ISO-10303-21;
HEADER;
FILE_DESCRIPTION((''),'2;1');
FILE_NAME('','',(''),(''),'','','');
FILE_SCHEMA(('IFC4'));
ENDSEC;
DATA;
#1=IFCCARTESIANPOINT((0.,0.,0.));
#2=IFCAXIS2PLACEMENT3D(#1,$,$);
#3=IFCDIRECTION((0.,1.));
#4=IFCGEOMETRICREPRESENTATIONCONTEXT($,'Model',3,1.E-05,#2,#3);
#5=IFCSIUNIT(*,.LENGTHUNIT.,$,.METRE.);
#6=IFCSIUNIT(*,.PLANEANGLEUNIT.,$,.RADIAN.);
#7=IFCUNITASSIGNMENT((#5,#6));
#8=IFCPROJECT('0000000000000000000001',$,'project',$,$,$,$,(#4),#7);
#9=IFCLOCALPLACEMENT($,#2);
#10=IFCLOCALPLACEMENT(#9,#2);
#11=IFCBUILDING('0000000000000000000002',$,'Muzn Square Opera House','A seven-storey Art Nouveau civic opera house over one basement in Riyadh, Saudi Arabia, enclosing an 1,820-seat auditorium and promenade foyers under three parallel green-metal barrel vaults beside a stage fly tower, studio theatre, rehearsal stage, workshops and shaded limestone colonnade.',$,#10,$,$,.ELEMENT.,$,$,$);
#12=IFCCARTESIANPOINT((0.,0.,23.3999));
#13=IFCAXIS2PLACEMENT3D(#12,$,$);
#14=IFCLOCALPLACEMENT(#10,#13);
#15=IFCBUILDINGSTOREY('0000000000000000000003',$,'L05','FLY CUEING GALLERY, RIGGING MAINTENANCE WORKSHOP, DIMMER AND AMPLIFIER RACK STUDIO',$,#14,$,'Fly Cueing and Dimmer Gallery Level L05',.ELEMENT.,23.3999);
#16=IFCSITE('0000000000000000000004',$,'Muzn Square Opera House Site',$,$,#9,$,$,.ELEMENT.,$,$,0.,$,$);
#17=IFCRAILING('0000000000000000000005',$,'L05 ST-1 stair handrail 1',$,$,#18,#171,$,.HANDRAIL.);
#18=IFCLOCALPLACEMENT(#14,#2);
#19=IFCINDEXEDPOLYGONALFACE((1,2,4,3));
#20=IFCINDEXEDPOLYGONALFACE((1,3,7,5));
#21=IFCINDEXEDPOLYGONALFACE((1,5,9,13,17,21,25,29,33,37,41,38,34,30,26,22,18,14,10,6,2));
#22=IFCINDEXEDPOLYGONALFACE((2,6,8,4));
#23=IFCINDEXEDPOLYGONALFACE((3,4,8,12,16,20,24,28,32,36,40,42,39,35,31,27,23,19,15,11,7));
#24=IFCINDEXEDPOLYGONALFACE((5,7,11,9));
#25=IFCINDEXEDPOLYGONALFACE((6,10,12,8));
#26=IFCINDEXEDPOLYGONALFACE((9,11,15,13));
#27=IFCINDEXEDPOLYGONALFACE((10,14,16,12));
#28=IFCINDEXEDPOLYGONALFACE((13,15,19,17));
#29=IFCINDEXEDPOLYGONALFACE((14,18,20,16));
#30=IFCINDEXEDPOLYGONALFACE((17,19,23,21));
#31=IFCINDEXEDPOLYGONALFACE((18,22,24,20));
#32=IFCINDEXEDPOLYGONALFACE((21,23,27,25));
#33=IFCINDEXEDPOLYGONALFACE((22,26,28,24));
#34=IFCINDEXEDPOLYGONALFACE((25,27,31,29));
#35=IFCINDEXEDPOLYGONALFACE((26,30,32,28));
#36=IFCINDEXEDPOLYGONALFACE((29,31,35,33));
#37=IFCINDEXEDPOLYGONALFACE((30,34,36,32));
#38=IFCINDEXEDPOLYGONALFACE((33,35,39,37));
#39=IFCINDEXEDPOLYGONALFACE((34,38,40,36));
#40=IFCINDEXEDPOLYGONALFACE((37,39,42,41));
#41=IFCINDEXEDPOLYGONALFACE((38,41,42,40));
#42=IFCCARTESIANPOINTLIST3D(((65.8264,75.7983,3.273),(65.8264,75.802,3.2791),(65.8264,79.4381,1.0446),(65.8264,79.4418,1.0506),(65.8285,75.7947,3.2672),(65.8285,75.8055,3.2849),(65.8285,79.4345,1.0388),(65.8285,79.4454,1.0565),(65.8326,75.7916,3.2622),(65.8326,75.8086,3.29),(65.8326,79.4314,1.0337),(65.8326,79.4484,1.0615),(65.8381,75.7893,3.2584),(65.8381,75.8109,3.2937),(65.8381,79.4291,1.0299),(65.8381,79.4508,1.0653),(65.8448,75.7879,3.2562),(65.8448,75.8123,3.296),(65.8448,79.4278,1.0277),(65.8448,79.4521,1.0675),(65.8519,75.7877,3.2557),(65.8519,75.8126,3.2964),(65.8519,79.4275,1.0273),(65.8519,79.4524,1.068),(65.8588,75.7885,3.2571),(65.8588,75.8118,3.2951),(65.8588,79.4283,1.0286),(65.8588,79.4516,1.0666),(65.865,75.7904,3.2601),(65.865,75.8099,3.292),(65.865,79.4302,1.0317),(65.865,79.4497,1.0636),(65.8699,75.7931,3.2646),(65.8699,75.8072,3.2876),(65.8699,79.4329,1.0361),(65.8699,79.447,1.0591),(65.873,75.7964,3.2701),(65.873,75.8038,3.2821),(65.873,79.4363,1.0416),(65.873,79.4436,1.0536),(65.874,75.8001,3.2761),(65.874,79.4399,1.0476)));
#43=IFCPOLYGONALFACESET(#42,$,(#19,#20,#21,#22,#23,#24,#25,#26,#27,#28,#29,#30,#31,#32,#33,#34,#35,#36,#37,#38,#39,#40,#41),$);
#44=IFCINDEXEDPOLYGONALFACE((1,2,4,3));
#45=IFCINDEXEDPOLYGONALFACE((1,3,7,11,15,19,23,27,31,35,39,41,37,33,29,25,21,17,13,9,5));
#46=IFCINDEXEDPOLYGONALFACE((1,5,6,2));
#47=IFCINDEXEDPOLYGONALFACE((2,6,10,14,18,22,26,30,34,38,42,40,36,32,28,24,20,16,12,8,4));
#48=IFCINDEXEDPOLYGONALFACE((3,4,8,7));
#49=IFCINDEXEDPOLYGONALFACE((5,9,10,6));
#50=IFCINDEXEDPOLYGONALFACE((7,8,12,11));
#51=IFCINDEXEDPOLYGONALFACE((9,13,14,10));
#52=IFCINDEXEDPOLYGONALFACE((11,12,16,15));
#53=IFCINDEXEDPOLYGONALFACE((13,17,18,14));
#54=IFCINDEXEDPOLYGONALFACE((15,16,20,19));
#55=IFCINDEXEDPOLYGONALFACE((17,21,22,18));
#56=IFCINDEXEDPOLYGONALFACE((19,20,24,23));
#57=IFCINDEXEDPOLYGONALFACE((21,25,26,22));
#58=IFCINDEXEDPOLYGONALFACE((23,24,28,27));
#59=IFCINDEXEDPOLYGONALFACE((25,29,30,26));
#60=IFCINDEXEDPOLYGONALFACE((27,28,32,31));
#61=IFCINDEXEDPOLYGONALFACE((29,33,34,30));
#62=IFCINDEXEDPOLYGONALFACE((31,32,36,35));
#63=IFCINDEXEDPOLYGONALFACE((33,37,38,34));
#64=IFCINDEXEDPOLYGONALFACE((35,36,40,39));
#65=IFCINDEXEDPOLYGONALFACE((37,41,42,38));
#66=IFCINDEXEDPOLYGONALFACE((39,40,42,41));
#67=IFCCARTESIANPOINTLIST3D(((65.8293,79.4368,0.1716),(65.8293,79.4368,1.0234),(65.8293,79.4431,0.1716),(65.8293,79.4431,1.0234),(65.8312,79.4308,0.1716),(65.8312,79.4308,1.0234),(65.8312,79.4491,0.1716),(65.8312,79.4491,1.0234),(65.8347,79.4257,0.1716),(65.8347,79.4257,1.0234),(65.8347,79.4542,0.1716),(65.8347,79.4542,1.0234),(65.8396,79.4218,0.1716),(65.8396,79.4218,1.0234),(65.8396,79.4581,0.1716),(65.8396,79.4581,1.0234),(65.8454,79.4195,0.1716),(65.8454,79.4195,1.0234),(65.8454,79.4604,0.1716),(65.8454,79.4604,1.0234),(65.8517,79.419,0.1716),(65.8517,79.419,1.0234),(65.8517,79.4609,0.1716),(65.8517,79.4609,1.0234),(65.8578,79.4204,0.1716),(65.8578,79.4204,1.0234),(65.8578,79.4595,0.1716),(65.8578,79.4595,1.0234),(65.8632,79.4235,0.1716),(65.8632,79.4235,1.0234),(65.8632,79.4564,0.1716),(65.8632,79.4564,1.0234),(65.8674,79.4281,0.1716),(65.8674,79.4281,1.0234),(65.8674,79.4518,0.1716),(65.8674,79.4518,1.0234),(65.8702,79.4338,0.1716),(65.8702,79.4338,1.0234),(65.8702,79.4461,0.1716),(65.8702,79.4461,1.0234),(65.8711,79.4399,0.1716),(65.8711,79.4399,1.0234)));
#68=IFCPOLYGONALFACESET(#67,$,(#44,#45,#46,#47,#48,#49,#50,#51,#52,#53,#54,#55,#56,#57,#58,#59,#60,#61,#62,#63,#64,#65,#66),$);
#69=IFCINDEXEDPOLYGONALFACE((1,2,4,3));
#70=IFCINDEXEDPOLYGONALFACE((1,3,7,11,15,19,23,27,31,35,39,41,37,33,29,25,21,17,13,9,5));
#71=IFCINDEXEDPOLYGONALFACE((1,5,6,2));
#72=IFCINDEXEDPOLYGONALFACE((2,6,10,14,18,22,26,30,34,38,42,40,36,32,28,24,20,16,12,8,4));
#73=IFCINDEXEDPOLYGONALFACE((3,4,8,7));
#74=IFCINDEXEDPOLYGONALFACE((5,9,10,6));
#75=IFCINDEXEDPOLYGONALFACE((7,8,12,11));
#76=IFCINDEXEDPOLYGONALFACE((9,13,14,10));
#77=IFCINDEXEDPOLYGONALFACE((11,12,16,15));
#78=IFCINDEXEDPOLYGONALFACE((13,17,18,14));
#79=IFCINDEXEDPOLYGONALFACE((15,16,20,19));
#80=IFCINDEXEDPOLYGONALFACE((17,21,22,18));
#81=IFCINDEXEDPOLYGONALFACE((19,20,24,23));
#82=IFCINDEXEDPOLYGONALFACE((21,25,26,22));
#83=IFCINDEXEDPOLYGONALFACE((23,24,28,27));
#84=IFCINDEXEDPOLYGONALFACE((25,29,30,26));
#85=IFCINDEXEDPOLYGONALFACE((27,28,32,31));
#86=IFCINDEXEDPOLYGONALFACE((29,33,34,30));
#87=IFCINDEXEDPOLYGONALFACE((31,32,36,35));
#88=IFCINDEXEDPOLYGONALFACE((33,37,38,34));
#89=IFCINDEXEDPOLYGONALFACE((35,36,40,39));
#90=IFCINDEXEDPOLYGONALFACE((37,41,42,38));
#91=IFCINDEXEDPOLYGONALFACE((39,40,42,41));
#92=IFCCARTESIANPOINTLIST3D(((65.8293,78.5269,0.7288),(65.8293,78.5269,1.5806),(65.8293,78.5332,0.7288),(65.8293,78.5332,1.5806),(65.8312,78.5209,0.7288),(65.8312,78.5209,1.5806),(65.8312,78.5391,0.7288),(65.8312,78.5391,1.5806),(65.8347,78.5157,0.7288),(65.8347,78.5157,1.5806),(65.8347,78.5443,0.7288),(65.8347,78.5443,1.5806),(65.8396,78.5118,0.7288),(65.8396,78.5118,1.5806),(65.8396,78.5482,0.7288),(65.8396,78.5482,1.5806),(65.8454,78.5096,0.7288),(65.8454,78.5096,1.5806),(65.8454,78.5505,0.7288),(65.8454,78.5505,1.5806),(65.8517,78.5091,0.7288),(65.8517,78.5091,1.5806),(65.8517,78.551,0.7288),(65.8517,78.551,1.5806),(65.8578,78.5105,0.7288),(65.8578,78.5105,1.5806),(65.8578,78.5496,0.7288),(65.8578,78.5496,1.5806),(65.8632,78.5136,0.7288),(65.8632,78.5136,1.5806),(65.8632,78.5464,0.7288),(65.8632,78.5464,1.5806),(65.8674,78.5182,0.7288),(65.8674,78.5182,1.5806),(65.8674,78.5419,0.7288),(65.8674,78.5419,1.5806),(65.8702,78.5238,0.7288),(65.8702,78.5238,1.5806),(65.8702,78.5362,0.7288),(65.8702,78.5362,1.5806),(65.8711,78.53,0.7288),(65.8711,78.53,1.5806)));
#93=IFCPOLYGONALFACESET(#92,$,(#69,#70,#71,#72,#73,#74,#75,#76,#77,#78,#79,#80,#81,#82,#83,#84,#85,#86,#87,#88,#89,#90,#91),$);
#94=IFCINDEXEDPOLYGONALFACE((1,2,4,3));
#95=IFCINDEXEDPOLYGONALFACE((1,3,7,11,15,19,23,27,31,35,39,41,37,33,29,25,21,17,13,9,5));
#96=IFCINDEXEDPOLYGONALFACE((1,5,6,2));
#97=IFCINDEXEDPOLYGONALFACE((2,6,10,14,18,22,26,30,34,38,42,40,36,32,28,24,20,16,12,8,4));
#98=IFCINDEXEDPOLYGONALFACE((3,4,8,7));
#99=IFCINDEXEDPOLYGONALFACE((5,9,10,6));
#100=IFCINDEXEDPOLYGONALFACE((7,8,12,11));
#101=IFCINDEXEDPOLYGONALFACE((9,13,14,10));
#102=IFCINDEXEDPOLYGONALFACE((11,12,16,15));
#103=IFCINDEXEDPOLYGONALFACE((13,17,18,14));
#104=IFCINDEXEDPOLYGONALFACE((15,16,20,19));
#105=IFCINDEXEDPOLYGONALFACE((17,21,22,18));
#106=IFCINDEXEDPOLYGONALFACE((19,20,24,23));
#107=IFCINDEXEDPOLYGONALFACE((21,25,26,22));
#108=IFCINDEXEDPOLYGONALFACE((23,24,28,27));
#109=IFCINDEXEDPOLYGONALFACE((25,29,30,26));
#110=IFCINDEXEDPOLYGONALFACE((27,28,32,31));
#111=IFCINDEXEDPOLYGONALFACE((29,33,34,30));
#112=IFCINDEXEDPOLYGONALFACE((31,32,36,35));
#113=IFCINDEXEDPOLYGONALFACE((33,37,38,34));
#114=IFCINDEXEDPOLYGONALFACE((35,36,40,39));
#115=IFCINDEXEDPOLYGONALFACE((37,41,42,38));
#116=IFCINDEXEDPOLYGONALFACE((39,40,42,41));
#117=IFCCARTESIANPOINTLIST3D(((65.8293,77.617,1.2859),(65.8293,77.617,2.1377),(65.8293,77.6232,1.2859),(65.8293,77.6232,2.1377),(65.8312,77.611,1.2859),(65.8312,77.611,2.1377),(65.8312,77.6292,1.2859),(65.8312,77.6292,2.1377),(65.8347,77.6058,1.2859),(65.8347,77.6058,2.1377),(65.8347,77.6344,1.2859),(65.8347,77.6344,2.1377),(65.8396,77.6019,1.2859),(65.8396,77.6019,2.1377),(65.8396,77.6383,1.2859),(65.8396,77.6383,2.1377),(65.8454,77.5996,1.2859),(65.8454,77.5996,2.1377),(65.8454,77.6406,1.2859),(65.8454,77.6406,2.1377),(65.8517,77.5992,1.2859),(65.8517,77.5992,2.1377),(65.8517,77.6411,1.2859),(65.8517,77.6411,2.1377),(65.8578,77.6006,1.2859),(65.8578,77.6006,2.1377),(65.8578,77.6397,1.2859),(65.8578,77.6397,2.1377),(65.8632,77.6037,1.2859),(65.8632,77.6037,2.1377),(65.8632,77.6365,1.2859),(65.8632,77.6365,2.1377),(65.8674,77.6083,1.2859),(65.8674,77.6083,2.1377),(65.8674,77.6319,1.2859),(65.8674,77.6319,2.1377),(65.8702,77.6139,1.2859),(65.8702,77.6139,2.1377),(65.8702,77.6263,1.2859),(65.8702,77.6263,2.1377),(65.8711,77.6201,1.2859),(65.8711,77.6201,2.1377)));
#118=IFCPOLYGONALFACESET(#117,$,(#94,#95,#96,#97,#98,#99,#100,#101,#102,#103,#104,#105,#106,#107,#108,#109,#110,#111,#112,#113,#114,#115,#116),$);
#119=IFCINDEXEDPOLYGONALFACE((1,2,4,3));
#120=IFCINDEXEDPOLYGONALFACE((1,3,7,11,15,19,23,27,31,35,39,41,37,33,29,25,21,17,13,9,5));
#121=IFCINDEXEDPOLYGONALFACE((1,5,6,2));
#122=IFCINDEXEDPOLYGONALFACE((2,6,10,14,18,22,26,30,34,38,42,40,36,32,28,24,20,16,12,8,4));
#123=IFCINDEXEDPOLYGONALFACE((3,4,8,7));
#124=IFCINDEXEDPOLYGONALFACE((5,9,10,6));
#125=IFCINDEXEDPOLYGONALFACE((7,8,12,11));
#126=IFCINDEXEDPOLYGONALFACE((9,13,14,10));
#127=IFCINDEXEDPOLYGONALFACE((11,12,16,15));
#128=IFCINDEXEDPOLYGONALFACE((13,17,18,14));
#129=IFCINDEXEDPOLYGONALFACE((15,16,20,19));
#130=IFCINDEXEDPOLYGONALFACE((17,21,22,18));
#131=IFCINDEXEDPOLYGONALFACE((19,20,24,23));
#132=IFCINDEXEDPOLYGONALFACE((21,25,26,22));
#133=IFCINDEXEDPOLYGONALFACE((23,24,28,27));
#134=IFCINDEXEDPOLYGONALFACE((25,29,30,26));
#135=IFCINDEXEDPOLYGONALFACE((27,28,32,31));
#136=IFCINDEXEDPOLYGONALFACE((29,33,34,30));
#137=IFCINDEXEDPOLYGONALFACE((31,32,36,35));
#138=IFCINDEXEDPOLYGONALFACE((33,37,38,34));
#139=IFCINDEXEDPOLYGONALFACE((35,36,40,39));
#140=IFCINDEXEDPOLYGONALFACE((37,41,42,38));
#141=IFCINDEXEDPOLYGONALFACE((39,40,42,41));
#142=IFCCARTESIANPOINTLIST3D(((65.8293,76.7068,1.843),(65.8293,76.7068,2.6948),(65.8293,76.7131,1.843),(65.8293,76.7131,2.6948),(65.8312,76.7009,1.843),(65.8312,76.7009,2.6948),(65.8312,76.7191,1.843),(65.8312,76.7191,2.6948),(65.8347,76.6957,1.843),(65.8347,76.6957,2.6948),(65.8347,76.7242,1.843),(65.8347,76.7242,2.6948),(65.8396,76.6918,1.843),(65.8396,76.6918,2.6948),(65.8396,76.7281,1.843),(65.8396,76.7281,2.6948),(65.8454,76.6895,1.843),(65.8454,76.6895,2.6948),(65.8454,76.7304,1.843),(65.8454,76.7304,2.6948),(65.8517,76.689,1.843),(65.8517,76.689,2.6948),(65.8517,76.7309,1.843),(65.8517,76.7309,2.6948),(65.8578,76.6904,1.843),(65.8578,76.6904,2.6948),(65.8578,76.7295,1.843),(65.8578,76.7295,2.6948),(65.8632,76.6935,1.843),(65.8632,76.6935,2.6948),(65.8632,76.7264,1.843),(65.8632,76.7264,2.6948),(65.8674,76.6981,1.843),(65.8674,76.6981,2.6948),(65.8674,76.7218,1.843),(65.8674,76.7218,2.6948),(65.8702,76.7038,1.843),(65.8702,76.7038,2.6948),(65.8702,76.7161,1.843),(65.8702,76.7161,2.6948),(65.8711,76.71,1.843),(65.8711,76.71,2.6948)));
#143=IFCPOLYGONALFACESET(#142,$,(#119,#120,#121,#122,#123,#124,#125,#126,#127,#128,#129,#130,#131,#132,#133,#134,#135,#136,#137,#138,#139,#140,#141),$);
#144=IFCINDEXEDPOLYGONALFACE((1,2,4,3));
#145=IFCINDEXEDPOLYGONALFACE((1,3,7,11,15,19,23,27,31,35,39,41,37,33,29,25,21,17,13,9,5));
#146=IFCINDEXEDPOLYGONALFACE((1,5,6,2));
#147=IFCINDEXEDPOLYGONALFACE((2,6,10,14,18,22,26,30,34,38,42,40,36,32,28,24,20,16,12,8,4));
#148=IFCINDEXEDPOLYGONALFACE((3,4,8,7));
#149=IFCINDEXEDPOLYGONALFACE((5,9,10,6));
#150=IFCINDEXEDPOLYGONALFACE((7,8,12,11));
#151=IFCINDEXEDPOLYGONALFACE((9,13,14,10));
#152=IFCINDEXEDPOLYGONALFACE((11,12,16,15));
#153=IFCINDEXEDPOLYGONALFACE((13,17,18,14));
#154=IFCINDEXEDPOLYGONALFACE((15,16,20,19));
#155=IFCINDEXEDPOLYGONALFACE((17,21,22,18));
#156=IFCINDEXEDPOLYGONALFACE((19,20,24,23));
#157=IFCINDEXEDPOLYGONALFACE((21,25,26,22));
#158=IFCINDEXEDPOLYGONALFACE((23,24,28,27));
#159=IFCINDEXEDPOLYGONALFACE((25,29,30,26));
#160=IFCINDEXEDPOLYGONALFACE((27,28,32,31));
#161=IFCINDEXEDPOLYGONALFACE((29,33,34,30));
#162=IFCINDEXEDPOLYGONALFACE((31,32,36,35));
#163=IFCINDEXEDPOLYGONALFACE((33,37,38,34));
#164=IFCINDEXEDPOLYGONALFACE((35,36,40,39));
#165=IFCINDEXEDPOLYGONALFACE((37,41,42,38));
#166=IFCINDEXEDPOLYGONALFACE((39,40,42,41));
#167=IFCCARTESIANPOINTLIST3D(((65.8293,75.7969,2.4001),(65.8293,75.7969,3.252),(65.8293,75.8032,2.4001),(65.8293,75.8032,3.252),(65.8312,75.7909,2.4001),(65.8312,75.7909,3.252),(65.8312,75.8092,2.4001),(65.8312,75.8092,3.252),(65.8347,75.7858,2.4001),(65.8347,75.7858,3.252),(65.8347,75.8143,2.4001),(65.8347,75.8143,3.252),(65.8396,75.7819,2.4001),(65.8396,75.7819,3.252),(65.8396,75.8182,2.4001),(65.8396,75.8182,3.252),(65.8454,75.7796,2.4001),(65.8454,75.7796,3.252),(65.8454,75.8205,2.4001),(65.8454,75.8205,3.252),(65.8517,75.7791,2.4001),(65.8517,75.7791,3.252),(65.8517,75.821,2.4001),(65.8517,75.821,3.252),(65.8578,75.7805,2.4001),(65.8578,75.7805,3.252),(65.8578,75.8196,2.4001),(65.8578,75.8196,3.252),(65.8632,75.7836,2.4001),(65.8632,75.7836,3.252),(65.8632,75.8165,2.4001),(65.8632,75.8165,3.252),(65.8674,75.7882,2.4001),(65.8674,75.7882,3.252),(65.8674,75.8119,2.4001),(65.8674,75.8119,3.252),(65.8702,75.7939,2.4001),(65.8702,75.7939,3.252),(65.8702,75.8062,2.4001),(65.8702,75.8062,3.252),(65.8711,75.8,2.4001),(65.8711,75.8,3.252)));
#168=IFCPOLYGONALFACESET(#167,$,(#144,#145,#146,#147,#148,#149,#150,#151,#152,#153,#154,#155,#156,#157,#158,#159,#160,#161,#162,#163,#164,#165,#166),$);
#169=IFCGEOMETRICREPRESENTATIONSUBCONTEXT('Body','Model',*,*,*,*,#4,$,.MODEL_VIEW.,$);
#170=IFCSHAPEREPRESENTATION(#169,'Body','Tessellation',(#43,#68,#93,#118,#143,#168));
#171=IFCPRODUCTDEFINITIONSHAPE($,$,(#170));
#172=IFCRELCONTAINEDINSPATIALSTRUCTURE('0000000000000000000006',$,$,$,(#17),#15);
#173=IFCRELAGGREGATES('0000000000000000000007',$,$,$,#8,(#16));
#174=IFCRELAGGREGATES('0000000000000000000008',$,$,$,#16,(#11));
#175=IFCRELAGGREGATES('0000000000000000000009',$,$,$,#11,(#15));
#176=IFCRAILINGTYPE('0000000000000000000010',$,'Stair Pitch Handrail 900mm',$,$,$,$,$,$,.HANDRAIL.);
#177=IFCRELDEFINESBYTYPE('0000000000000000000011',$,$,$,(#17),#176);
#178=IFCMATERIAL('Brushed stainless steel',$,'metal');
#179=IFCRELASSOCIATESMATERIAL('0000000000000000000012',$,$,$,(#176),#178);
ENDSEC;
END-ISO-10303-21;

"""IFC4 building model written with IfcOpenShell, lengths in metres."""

from ifc_helpers import new_model, si_unit, direction, frame, origin, origin_2d, place, context, subcontext, project, spatial, circle, extrude, material, type_object, element, save


model = new_model("IFC4")

# Units and contexts
model_context = context("Model", 3, precision=1e-05, world=origin(), true_north=direction((0.0, 1.0)))
body_context = subcontext(model_context, "Body", "Model", "MODEL_VIEW")
ifc_project = project(units=[si_unit("LENGTHUNIT", "METRE"), si_unit("PLANEANGLEUNIT", "RADIAN")], contexts=[model_context])

# Site, building, storey
site_placement = place(None, origin())
site = spatial("IfcSite", under=ifc_project, at=site_placement, Name="Muzn Square Opera House Site", CompositionType="ELEMENT", RefElevation=0.0)
building_placement = place(site_placement, origin())
building = spatial("IfcBuilding", under=site, at=building_placement, Name="Muzn Square Opera House", Description="A seven-storey Art Nouveau civic opera house over one basement in Riyadh, Saudi Arabia, enclosing an 1,820-seat auditorium and promenade foyers under three parallel green-metal barrel vaults beside a stage fly tower, studio theatre, rehearsal stage, workshops and shaded limestone colonnade.", CompositionType="ELEMENT")
storey_placement = place(building_placement, frame((0.0, 0.0, 23.3999)))
storey = spatial("IfcBuildingStorey", under=building, at=storey_placement, Name="L05", Description="FLY CUEING GALLERY, RIGGING MAINTENANCE WORKSHOP, DIMMER AND AMPLIFIER RACK STUDIO", LongName="Fly Cueing and Dimmer Gallery Level L05", CompositionType="ELEMENT", Elevation=23.3999)

# Shared definitions
ifc_material_1 = material(Name="Brushed stainless steel", Category="metal")

# Railing
railing_type_1 = type_object("IfcRailingType", Name="Stair Pitch Handrail 900mm", PredefinedType="HANDRAIL", material=ifc_material_1)
railing_1_placement = place(storey_placement, frame((65.8501, 79.4399, 0.1716)))
element("IfcRailing", 1, at=railing_1_placement, inside=storey, type_object=railing_type_1, Name="L05 ST-1 stair handrail 1", PredefinedType="HANDRAIL", context=body_context, shape_type="SweptSolid", body=[
    extrude(circle(Radius=0.0239, at=origin_2d()), frame((0.0, 0.0, 0.876), z_axis=(0.0, -0.85285, 0.522156), x_axis=(1.0, 0.0, 0.0)), (0.0, 0.0, 1.0), 4.2678),
    extrude(circle(Radius=0.021, at=origin_2d()), origin(), (0.0, 0.0, 1.0), 0.8518),
    extrude(circle(Radius=0.021, at=origin_2d()), frame((0.0, -0.9099, 0.5571)), (0.0, 0.0, 1.0), 0.8518),
    extrude(circle(Radius=0.021, at=origin_2d()), frame((0.0, -1.8198, 1.1143)), (0.0, 0.0, 1.0), 0.8518),
    extrude(circle(Radius=0.021, at=origin_2d()), frame((0.0, -2.73, 1.6714)), (0.0, 0.0, 1.0), 0.8518),
    extrude(circle(Radius=0.021, at=origin_2d()), frame((0.0, -3.6399, 2.2285)), (0.0, 0.0, 1.0), 0.8518),
])

save(model, "model.ifc")
